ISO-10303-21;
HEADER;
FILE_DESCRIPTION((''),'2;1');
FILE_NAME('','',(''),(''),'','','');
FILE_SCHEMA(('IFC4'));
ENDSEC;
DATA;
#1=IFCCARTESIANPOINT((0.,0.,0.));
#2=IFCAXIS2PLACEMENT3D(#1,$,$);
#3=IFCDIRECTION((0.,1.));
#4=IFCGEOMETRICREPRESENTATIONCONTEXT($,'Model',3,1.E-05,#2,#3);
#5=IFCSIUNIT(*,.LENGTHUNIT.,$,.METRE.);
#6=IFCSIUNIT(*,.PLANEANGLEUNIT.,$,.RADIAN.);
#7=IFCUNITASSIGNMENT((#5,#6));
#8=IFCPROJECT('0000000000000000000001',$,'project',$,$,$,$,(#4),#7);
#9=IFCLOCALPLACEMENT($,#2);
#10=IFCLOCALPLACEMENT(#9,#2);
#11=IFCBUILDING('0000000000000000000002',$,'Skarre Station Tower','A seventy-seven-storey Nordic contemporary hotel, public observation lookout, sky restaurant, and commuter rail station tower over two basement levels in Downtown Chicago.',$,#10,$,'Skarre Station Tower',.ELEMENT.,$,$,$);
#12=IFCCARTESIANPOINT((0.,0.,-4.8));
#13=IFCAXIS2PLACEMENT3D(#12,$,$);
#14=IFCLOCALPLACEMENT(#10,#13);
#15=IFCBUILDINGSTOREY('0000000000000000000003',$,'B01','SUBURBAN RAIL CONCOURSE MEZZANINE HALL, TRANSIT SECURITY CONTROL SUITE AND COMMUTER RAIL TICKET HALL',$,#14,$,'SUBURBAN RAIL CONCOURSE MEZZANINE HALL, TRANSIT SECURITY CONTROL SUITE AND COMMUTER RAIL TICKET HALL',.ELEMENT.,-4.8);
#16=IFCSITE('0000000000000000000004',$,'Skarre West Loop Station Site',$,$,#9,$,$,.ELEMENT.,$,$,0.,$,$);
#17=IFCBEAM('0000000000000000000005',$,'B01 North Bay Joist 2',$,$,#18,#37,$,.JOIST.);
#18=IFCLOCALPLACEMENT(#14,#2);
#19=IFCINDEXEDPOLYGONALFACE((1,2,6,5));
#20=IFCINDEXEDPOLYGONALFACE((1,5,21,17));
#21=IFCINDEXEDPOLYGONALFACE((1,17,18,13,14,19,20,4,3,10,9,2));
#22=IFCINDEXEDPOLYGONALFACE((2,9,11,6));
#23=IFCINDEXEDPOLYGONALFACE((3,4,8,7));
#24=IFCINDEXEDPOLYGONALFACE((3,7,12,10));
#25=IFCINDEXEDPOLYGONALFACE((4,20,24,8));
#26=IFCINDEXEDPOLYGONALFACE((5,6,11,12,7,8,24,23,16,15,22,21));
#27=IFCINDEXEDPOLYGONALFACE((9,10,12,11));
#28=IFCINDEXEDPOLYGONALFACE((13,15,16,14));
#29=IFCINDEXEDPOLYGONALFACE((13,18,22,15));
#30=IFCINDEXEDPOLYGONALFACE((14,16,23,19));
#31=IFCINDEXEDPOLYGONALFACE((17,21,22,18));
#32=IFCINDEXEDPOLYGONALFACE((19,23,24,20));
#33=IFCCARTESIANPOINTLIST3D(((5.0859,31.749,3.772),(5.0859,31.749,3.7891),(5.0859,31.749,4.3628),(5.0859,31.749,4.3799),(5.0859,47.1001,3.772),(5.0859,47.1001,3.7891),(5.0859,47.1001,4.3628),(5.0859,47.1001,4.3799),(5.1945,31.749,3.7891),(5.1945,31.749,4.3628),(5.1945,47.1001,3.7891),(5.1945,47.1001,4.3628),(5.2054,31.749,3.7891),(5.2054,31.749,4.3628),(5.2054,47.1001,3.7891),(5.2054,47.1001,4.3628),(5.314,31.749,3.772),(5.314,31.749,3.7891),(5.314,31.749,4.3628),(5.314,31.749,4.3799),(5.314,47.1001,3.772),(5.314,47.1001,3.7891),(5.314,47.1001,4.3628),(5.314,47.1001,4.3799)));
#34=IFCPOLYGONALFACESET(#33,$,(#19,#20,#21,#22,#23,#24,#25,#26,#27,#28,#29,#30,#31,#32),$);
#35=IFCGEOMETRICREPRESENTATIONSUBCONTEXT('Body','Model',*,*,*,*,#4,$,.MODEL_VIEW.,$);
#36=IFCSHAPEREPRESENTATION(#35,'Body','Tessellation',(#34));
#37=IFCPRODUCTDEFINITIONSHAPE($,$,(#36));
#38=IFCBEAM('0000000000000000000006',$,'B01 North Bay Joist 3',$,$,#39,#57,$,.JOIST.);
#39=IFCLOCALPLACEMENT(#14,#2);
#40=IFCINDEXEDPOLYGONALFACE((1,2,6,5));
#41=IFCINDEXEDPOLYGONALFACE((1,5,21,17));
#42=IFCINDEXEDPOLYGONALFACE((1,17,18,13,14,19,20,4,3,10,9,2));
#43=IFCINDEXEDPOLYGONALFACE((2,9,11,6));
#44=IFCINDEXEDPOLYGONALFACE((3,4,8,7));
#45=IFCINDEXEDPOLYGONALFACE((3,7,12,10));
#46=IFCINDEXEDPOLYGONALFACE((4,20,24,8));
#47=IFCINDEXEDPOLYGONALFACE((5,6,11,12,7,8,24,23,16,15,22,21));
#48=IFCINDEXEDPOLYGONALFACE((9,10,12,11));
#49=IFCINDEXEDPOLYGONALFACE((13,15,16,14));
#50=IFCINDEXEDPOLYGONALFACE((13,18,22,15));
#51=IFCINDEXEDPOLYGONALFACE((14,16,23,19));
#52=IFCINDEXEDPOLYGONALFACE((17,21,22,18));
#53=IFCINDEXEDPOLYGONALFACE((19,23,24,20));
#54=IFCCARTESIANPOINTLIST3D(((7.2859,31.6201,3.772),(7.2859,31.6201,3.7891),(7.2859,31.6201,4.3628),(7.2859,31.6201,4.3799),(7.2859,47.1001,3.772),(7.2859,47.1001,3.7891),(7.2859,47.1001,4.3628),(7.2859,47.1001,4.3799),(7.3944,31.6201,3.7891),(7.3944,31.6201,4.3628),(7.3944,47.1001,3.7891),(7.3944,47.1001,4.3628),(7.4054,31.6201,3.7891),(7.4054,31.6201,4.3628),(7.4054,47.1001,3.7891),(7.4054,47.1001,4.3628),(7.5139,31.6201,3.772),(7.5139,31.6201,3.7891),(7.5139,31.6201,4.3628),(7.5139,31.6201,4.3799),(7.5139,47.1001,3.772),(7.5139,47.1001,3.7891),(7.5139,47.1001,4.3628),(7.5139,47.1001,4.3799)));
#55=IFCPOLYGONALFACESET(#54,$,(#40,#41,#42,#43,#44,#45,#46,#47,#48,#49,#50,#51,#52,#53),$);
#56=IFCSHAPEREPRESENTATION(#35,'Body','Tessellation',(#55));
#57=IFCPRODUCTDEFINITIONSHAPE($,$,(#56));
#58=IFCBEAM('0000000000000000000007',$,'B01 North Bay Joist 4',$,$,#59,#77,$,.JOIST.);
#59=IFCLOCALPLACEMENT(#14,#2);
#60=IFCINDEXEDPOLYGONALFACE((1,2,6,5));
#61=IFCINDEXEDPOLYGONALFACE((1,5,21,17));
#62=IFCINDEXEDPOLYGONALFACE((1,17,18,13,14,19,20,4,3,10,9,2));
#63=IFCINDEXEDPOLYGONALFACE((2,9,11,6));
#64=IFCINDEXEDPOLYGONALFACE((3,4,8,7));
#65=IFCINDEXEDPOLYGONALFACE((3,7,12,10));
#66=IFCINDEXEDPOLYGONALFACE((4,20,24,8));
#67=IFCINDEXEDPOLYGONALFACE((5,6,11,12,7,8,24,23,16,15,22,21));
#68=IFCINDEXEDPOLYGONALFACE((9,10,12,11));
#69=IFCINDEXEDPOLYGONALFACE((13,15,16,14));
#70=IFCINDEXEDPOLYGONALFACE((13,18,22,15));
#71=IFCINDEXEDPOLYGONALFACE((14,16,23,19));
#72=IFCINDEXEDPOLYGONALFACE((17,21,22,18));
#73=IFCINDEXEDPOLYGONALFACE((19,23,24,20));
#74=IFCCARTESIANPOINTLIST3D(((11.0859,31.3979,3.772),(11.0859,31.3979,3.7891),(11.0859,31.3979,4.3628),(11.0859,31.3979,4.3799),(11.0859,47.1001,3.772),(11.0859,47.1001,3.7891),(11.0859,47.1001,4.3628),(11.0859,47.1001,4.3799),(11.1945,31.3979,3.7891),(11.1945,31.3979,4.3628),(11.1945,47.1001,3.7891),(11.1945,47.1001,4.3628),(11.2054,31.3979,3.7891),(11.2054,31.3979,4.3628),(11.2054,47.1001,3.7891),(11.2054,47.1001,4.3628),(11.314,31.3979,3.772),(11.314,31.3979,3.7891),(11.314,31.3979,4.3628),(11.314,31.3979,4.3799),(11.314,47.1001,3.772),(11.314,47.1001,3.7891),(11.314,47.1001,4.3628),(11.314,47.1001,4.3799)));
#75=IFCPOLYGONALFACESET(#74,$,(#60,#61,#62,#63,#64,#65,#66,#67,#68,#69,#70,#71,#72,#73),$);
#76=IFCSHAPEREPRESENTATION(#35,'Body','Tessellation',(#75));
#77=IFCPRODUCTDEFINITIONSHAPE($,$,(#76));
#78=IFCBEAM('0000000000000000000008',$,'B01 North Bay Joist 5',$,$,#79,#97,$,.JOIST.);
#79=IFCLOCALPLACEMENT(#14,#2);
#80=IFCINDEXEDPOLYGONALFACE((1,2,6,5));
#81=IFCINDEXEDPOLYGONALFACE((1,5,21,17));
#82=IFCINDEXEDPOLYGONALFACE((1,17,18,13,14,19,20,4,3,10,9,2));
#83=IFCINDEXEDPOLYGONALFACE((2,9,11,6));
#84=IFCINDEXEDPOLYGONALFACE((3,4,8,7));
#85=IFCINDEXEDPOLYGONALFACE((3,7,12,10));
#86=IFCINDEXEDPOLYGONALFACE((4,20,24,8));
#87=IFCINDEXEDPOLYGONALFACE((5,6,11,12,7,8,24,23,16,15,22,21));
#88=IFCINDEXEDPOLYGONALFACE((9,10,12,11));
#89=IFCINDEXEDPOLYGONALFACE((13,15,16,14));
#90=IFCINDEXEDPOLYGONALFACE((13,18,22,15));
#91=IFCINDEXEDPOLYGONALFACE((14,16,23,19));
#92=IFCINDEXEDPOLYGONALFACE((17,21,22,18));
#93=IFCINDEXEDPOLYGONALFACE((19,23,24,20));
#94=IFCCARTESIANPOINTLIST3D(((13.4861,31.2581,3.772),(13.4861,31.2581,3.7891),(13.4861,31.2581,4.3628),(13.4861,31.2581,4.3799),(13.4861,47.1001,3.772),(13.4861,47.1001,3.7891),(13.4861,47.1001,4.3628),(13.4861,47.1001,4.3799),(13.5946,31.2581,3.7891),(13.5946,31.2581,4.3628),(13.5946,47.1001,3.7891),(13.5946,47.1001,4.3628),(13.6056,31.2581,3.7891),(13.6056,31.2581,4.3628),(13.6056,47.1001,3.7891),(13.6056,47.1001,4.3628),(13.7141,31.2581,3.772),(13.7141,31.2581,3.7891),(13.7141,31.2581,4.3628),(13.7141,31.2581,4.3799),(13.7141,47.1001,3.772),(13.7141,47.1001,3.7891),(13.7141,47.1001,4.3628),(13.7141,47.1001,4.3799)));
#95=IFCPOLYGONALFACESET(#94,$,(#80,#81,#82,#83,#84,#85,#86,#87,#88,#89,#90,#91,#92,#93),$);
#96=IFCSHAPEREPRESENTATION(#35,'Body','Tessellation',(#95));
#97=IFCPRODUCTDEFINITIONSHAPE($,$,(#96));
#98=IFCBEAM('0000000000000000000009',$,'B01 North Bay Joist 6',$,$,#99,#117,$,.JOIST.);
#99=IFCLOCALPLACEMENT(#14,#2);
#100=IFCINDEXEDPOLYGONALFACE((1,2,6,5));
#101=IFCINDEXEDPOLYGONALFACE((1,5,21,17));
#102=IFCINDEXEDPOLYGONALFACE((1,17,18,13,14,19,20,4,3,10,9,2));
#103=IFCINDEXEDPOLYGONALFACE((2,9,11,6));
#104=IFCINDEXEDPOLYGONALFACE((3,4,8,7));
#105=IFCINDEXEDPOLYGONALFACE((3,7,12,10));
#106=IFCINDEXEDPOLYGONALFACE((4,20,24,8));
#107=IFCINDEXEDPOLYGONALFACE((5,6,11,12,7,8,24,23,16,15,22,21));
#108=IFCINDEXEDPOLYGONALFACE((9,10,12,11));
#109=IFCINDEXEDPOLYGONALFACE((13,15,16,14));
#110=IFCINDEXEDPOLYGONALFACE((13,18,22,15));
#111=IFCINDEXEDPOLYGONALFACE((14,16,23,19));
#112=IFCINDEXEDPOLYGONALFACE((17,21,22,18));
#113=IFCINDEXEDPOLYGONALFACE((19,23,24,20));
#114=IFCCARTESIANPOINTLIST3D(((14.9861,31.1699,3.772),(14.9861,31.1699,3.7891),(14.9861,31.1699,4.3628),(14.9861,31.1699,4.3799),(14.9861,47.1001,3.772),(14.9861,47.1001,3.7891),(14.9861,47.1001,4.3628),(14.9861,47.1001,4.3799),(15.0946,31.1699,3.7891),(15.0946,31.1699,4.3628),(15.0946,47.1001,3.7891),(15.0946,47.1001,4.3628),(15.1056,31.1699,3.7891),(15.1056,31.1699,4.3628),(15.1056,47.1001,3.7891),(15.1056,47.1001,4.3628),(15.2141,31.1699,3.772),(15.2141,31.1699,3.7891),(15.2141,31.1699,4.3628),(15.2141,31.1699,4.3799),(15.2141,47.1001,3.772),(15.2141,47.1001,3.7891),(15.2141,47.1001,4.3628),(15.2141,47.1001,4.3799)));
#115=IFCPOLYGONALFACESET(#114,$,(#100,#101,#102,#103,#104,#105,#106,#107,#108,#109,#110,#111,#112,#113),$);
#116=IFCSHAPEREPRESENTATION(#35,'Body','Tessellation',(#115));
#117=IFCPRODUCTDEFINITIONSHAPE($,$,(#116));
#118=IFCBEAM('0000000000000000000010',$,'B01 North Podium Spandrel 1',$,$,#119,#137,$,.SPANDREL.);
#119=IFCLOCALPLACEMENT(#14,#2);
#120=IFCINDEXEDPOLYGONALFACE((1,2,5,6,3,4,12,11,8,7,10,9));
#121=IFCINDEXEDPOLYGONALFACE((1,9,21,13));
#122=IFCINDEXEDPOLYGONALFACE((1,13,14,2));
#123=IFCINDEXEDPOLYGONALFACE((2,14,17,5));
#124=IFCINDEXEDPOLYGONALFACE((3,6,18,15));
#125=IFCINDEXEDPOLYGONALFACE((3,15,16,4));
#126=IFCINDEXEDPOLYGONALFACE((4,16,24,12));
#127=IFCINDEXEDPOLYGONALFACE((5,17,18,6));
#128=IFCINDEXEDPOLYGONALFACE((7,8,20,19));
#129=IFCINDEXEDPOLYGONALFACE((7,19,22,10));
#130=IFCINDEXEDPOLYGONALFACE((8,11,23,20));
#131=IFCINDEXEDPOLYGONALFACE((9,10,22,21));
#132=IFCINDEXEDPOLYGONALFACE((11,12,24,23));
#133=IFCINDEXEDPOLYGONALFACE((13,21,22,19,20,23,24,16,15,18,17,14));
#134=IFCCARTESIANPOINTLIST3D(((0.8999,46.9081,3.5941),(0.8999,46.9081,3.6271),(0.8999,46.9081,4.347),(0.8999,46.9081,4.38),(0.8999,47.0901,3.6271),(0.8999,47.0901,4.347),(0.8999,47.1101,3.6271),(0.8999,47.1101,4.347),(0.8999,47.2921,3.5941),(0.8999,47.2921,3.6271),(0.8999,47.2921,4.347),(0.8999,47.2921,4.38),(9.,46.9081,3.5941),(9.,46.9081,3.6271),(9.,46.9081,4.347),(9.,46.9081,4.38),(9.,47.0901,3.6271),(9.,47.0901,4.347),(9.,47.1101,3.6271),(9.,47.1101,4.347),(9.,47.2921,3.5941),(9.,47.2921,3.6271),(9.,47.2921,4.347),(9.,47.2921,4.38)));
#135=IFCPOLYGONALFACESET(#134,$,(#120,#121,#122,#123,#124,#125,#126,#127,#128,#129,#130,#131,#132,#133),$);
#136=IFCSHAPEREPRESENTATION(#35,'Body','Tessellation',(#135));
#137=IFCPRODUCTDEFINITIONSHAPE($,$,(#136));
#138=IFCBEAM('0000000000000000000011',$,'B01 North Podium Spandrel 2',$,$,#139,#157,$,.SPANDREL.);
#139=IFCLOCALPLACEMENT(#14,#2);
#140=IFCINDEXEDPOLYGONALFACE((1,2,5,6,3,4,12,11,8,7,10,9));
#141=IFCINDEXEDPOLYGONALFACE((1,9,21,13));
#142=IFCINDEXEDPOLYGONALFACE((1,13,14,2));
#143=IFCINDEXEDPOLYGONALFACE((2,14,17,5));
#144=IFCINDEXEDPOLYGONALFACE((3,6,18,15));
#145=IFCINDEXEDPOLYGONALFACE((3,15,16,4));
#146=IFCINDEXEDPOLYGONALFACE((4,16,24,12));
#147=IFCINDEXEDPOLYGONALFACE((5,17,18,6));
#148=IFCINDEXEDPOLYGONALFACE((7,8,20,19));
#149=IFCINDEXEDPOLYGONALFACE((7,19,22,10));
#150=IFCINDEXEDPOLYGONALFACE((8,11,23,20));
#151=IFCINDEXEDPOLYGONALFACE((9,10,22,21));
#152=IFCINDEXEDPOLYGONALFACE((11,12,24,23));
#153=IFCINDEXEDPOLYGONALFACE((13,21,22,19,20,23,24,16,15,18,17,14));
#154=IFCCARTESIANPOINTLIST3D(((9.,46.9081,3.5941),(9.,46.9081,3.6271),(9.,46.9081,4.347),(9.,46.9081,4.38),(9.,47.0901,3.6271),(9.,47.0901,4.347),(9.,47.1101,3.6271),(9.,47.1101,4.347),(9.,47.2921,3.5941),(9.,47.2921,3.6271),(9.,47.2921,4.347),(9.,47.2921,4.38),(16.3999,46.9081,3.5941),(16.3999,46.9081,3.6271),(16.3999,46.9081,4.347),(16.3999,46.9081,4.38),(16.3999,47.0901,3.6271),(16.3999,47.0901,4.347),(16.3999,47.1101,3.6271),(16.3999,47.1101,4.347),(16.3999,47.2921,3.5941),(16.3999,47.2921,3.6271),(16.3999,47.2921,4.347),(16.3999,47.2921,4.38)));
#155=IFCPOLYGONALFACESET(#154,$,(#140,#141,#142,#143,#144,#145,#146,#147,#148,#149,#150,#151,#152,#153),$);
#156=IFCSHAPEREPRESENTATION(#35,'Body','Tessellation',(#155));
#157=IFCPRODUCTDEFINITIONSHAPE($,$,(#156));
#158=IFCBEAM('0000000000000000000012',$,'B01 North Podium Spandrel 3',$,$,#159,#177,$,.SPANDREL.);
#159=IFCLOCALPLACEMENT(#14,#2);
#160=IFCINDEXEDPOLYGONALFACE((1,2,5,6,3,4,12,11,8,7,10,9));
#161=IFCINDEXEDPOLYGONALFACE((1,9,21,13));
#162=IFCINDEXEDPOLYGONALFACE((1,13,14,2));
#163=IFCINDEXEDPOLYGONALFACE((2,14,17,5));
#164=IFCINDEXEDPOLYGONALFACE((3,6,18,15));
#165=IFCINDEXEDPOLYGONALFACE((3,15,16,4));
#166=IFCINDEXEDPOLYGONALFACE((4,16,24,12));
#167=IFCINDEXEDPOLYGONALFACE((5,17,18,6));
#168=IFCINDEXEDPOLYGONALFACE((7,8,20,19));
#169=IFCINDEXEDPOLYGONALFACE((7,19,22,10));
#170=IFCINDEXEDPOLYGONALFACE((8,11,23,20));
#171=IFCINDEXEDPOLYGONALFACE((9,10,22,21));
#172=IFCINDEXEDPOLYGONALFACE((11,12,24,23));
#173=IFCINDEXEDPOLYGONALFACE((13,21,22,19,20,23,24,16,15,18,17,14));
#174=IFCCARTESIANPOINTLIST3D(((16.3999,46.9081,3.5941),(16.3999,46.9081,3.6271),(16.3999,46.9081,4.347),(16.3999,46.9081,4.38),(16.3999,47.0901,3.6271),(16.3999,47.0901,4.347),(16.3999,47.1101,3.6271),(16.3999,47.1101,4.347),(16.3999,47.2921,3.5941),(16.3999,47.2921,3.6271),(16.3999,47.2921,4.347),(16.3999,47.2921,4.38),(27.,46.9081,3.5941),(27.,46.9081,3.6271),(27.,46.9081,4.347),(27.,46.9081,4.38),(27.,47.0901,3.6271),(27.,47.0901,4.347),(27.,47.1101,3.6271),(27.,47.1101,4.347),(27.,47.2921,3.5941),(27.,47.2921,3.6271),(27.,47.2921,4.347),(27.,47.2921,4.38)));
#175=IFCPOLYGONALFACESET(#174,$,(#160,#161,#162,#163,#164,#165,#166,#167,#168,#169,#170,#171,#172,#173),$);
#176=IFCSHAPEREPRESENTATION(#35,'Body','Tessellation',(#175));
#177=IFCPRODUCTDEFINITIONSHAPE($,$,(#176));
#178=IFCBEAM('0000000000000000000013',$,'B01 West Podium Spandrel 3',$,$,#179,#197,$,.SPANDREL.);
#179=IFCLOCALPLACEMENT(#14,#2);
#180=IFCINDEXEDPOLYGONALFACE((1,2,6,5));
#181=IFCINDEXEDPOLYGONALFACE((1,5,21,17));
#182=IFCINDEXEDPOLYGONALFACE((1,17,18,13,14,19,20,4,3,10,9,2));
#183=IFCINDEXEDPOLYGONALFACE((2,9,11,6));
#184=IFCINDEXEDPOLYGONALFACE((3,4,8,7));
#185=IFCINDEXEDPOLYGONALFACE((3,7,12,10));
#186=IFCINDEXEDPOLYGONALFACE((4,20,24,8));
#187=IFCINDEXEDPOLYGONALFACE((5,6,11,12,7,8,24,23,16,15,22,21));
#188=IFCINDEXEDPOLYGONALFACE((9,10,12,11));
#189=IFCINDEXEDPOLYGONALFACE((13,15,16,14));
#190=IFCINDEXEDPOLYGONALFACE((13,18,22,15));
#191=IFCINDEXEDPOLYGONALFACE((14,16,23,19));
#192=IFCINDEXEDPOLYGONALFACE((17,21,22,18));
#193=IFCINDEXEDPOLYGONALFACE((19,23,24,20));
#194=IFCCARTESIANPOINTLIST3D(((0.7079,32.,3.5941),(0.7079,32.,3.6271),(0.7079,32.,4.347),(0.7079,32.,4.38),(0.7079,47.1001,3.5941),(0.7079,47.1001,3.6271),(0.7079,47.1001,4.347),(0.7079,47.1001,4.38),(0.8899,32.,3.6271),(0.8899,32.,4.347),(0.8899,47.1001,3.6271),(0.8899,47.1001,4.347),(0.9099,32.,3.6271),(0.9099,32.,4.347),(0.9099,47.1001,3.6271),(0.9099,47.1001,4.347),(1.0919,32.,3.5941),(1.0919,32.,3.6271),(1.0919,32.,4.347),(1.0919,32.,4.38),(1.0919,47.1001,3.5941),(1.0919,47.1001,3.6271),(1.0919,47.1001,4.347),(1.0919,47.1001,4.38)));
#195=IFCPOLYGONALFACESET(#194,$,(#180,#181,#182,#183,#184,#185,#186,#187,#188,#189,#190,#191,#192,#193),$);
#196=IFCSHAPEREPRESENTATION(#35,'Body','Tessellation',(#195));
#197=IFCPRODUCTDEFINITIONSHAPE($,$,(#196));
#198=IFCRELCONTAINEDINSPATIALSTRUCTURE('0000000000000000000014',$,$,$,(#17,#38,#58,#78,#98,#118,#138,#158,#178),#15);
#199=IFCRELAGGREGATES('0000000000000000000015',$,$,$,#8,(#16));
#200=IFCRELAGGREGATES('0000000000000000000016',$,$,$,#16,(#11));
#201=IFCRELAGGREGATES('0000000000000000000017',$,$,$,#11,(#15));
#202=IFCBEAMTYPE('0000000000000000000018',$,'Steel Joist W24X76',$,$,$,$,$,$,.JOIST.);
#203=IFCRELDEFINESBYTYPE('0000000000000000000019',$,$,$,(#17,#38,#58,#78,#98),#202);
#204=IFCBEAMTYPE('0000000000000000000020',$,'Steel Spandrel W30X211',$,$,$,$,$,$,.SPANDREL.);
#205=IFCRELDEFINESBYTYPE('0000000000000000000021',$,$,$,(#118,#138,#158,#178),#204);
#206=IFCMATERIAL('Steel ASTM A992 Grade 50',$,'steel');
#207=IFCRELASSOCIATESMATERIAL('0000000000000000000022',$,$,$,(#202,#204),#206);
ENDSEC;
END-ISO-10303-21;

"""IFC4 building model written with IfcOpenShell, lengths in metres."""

from ifc_helpers import new_model, si_unit, direction, frame, origin, origin_2d, place, context, subcontext, project, spatial, i_section, extrude, material, material_profile, profile_set, type_object, element, save


model = new_model("IFC4")

# Units and contexts
model_context = context("Model", 3, precision=1e-05, world=origin(), true_north=direction((0.0, 1.0)))
body_context = subcontext(model_context, "Body", "Model", "MODEL_VIEW")
ifc_project = project(units=[si_unit("LENGTHUNIT", "METRE"), si_unit("PLANEANGLEUNIT", "RADIAN")], contexts=[model_context])

# Site, building, storey
site_placement = place(None, origin())
site = spatial("IfcSite", under=ifc_project, at=site_placement, Name="Skarre West Loop Station Site", CompositionType="ELEMENT", RefElevation=0.0)
building_placement = place(site_placement, origin())
building = spatial("IfcBuilding", under=site, at=building_placement, Name="Skarre Station Tower", Description="A seventy-seven-storey Nordic contemporary hotel, public observation lookout, sky restaurant, and commuter rail station tower over two basement levels in Downtown Chicago.", LongName="Skarre Station Tower", CompositionType="ELEMENT")
storey_placement = place(building_placement, frame((0.0, 0.0, -4.8)))
storey = spatial("IfcBuildingStorey", under=building, at=storey_placement, Name="B01", Description="SUBURBAN RAIL CONCOURSE MEZZANINE HALL, TRANSIT SECURITY CONTROL SUITE AND COMMUTER RAIL TICKET HALL", LongName="SUBURBAN RAIL CONCOURSE MEZZANINE HALL, TRANSIT SECURITY CONTROL SUITE AND COMMUTER RAIL TICKET HALL", CompositionType="ELEMENT", Elevation=-4.8)

# Beams
ifc_material_1 = material(Name="Steel ASTM A992 Grade 50", Category="steel")
ifc_material_profile_1 = material_profile(ifc_material_1, i_section(OverallWidth=0.228, OverallDepth=0.6079, WebThickness=0.011, FlangeThickness=0.0171, at=origin_2d()), Name="Steel ASTM A992 Grade 50")
ifc_profile_set_1 = profile_set([ifc_material_profile_1], Name="Steel ASTM A992 Grade 50")
beam_type_1 = type_object("IfcBeamType", Name="Steel Joist W24X76", PredefinedType="JOIST", material=ifc_profile_set_1)
beam_1_placement = place(storey_placement, frame((5.2, 31.749, 4.0759), z_axis=(0.0, 1.0, 0.0), x_axis=(-1.0, 0.0, 0.0)))
element("IfcBeam", 1, at=beam_1_placement, inside=storey, type_object=beam_type_1, Name="B01 North Bay Joist 2", PredefinedType="JOIST", context=body_context, shape_type="SweptSolid", body=[
    extrude(i_section(OverallWidth=0.228, OverallDepth=0.6079, WebThickness=0.011, FlangeThickness=0.0171, at=origin_2d()), origin(), (0.0, 0.0, 1.0), 15.3511),
])
beam_2_placement = place(storey_placement, frame((7.3999, 31.6201, 4.0759), z_axis=(0.0, 1.0, 0.0), x_axis=(-1.0, 0.0, 0.0)))
element("IfcBeam", 2, at=beam_2_placement, inside=storey, type_object=beam_type_1, Name="B01 North Bay Joist 3", PredefinedType="JOIST", context=body_context, shape_type="SweptSolid", body=[
    extrude(i_section(OverallWidth=0.228, OverallDepth=0.6079, WebThickness=0.011, FlangeThickness=0.0171, at=origin_2d()), origin(), (0.0, 0.0, 1.0), 15.48),
])
beam_3_placement = place(storey_placement, frame((11.2, 31.3979, 4.0759), z_axis=(0.0, 1.0, 0.0), x_axis=(-1.0, 0.0, 0.0)))
element("IfcBeam", 3, at=beam_3_placement, inside=storey, type_object=beam_type_1, Name="B01 North Bay Joist 4", PredefinedType="JOIST", context=body_context, shape_type="SweptSolid", body=[
    extrude(i_section(OverallWidth=0.228, OverallDepth=0.6079, WebThickness=0.011, FlangeThickness=0.0171, at=origin_2d()), origin(), (0.0, 0.0, 1.0), 15.7021),
])
beam_4_placement = place(storey_placement, frame((13.6001, 31.2581, 4.0759), z_axis=(0.0, 1.0, 0.0), x_axis=(-1.0, 0.0, 0.0)))
element("IfcBeam", 4, at=beam_4_placement, inside=storey, type_object=beam_type_1, Name="B01 North Bay Joist 5", PredefinedType="JOIST", context=body_context, shape_type="SweptSolid", body=[
    extrude(i_section(OverallWidth=0.228, OverallDepth=0.6079, WebThickness=0.011, FlangeThickness=0.0171, at=origin_2d()), origin(), (0.0, 0.0, 1.0), 15.842),
])
beam_5_placement = place(storey_placement, frame((15.1001, 31.1699, 4.0759), z_axis=(0.0, 1.0, 0.0), x_axis=(-1.0, 0.0, 0.0)))
element("IfcBeam", 5, at=beam_5_placement, inside=storey, type_object=beam_type_1, Name="B01 North Bay Joist 6", PredefinedType="JOIST", context=body_context, shape_type="SweptSolid", body=[
    extrude(i_section(OverallWidth=0.228, OverallDepth=0.6079, WebThickness=0.011, FlangeThickness=0.0171, at=origin_2d()), origin(), (0.0, 0.0, 1.0), 15.9302),
])
ifc_material_profile_2 = material_profile(ifc_material_1, i_section(OverallWidth=0.384, OverallDepth=0.7859, WebThickness=0.02, FlangeThickness=0.033, at=origin_2d()), Name="Steel ASTM A992 Grade 50")
ifc_profile_set_2 = profile_set([ifc_material_profile_2], Name="Steel ASTM A992 Grade 50")
beam_type_2 = type_object("IfcBeamType", Name="Steel Spandrel W30X211", PredefinedType="SPANDREL", material=ifc_profile_set_2)
beam_6_placement = place(storey_placement, frame((0.8999, 47.1001, 3.9871), z_axis=(1.0, 0.0, 0.0), x_axis=(0.0, 1.0, 0.0)))
element("IfcBeam", 6, at=beam_6_placement, inside=storey, type_object=beam_type_2, Name="B01 North Podium Spandrel 1", PredefinedType="SPANDREL", context=body_context, shape_type="SweptSolid", body=[
    extrude(i_section(OverallWidth=0.384, OverallDepth=0.7859, WebThickness=0.02, FlangeThickness=0.033, at=origin_2d()), origin(), (0.0, 0.0, 1.0), 8.1001),
])
beam_7_placement = place(storey_placement, frame((9.0, 47.1001, 3.9871), z_axis=(1.0, 0.0, 0.0), x_axis=(0.0, 1.0, 0.0)))
element("IfcBeam", 7, at=beam_7_placement, inside=storey, type_object=beam_type_2, Name="B01 North Podium Spandrel 2", PredefinedType="SPANDREL", context=body_context, shape_type="SweptSolid", body=[
    extrude(i_section(OverallWidth=0.384, OverallDepth=0.7859, WebThickness=0.02, FlangeThickness=0.033, at=origin_2d()), origin(), (0.0, 0.0, 1.0), 7.3999),
])
beam_8_placement = place(storey_placement, frame((16.3999, 47.1001, 3.9871), z_axis=(1.0, 0.0, 0.0), x_axis=(0.0, 1.0, 0.0)))
element("IfcBeam", 8, at=beam_8_placement, inside=storey, type_object=beam_type_2, Name="B01 North Podium Spandrel 3", PredefinedType="SPANDREL", context=body_context, shape_type="SweptSolid", body=[
    extrude(i_section(OverallWidth=0.384, OverallDepth=0.7859, WebThickness=0.02, FlangeThickness=0.033, at=origin_2d()), origin(), (0.0, 0.0, 1.0), 10.6001),
])
beam_9_placement = place(storey_placement, frame((0.8999, 32.0, 3.9871), z_axis=(0.0, 1.0, 0.0), x_axis=(-1.0, 0.0, 0.0)))
element("IfcBeam", 9, at=beam_9_placement, inside=storey, type_object=beam_type_2, Name="B01 West Podium Spandrel 3", PredefinedType="SPANDREL", context=body_context, shape_type="SweptSolid", body=[
    extrude(i_section(OverallWidth=0.384, OverallDepth=0.7859, WebThickness=0.02, FlangeThickness=0.033, at=origin_2d()), origin(), (0.0, 0.0, 1.0), 15.1001),
])

save(model, "model.ifc")
